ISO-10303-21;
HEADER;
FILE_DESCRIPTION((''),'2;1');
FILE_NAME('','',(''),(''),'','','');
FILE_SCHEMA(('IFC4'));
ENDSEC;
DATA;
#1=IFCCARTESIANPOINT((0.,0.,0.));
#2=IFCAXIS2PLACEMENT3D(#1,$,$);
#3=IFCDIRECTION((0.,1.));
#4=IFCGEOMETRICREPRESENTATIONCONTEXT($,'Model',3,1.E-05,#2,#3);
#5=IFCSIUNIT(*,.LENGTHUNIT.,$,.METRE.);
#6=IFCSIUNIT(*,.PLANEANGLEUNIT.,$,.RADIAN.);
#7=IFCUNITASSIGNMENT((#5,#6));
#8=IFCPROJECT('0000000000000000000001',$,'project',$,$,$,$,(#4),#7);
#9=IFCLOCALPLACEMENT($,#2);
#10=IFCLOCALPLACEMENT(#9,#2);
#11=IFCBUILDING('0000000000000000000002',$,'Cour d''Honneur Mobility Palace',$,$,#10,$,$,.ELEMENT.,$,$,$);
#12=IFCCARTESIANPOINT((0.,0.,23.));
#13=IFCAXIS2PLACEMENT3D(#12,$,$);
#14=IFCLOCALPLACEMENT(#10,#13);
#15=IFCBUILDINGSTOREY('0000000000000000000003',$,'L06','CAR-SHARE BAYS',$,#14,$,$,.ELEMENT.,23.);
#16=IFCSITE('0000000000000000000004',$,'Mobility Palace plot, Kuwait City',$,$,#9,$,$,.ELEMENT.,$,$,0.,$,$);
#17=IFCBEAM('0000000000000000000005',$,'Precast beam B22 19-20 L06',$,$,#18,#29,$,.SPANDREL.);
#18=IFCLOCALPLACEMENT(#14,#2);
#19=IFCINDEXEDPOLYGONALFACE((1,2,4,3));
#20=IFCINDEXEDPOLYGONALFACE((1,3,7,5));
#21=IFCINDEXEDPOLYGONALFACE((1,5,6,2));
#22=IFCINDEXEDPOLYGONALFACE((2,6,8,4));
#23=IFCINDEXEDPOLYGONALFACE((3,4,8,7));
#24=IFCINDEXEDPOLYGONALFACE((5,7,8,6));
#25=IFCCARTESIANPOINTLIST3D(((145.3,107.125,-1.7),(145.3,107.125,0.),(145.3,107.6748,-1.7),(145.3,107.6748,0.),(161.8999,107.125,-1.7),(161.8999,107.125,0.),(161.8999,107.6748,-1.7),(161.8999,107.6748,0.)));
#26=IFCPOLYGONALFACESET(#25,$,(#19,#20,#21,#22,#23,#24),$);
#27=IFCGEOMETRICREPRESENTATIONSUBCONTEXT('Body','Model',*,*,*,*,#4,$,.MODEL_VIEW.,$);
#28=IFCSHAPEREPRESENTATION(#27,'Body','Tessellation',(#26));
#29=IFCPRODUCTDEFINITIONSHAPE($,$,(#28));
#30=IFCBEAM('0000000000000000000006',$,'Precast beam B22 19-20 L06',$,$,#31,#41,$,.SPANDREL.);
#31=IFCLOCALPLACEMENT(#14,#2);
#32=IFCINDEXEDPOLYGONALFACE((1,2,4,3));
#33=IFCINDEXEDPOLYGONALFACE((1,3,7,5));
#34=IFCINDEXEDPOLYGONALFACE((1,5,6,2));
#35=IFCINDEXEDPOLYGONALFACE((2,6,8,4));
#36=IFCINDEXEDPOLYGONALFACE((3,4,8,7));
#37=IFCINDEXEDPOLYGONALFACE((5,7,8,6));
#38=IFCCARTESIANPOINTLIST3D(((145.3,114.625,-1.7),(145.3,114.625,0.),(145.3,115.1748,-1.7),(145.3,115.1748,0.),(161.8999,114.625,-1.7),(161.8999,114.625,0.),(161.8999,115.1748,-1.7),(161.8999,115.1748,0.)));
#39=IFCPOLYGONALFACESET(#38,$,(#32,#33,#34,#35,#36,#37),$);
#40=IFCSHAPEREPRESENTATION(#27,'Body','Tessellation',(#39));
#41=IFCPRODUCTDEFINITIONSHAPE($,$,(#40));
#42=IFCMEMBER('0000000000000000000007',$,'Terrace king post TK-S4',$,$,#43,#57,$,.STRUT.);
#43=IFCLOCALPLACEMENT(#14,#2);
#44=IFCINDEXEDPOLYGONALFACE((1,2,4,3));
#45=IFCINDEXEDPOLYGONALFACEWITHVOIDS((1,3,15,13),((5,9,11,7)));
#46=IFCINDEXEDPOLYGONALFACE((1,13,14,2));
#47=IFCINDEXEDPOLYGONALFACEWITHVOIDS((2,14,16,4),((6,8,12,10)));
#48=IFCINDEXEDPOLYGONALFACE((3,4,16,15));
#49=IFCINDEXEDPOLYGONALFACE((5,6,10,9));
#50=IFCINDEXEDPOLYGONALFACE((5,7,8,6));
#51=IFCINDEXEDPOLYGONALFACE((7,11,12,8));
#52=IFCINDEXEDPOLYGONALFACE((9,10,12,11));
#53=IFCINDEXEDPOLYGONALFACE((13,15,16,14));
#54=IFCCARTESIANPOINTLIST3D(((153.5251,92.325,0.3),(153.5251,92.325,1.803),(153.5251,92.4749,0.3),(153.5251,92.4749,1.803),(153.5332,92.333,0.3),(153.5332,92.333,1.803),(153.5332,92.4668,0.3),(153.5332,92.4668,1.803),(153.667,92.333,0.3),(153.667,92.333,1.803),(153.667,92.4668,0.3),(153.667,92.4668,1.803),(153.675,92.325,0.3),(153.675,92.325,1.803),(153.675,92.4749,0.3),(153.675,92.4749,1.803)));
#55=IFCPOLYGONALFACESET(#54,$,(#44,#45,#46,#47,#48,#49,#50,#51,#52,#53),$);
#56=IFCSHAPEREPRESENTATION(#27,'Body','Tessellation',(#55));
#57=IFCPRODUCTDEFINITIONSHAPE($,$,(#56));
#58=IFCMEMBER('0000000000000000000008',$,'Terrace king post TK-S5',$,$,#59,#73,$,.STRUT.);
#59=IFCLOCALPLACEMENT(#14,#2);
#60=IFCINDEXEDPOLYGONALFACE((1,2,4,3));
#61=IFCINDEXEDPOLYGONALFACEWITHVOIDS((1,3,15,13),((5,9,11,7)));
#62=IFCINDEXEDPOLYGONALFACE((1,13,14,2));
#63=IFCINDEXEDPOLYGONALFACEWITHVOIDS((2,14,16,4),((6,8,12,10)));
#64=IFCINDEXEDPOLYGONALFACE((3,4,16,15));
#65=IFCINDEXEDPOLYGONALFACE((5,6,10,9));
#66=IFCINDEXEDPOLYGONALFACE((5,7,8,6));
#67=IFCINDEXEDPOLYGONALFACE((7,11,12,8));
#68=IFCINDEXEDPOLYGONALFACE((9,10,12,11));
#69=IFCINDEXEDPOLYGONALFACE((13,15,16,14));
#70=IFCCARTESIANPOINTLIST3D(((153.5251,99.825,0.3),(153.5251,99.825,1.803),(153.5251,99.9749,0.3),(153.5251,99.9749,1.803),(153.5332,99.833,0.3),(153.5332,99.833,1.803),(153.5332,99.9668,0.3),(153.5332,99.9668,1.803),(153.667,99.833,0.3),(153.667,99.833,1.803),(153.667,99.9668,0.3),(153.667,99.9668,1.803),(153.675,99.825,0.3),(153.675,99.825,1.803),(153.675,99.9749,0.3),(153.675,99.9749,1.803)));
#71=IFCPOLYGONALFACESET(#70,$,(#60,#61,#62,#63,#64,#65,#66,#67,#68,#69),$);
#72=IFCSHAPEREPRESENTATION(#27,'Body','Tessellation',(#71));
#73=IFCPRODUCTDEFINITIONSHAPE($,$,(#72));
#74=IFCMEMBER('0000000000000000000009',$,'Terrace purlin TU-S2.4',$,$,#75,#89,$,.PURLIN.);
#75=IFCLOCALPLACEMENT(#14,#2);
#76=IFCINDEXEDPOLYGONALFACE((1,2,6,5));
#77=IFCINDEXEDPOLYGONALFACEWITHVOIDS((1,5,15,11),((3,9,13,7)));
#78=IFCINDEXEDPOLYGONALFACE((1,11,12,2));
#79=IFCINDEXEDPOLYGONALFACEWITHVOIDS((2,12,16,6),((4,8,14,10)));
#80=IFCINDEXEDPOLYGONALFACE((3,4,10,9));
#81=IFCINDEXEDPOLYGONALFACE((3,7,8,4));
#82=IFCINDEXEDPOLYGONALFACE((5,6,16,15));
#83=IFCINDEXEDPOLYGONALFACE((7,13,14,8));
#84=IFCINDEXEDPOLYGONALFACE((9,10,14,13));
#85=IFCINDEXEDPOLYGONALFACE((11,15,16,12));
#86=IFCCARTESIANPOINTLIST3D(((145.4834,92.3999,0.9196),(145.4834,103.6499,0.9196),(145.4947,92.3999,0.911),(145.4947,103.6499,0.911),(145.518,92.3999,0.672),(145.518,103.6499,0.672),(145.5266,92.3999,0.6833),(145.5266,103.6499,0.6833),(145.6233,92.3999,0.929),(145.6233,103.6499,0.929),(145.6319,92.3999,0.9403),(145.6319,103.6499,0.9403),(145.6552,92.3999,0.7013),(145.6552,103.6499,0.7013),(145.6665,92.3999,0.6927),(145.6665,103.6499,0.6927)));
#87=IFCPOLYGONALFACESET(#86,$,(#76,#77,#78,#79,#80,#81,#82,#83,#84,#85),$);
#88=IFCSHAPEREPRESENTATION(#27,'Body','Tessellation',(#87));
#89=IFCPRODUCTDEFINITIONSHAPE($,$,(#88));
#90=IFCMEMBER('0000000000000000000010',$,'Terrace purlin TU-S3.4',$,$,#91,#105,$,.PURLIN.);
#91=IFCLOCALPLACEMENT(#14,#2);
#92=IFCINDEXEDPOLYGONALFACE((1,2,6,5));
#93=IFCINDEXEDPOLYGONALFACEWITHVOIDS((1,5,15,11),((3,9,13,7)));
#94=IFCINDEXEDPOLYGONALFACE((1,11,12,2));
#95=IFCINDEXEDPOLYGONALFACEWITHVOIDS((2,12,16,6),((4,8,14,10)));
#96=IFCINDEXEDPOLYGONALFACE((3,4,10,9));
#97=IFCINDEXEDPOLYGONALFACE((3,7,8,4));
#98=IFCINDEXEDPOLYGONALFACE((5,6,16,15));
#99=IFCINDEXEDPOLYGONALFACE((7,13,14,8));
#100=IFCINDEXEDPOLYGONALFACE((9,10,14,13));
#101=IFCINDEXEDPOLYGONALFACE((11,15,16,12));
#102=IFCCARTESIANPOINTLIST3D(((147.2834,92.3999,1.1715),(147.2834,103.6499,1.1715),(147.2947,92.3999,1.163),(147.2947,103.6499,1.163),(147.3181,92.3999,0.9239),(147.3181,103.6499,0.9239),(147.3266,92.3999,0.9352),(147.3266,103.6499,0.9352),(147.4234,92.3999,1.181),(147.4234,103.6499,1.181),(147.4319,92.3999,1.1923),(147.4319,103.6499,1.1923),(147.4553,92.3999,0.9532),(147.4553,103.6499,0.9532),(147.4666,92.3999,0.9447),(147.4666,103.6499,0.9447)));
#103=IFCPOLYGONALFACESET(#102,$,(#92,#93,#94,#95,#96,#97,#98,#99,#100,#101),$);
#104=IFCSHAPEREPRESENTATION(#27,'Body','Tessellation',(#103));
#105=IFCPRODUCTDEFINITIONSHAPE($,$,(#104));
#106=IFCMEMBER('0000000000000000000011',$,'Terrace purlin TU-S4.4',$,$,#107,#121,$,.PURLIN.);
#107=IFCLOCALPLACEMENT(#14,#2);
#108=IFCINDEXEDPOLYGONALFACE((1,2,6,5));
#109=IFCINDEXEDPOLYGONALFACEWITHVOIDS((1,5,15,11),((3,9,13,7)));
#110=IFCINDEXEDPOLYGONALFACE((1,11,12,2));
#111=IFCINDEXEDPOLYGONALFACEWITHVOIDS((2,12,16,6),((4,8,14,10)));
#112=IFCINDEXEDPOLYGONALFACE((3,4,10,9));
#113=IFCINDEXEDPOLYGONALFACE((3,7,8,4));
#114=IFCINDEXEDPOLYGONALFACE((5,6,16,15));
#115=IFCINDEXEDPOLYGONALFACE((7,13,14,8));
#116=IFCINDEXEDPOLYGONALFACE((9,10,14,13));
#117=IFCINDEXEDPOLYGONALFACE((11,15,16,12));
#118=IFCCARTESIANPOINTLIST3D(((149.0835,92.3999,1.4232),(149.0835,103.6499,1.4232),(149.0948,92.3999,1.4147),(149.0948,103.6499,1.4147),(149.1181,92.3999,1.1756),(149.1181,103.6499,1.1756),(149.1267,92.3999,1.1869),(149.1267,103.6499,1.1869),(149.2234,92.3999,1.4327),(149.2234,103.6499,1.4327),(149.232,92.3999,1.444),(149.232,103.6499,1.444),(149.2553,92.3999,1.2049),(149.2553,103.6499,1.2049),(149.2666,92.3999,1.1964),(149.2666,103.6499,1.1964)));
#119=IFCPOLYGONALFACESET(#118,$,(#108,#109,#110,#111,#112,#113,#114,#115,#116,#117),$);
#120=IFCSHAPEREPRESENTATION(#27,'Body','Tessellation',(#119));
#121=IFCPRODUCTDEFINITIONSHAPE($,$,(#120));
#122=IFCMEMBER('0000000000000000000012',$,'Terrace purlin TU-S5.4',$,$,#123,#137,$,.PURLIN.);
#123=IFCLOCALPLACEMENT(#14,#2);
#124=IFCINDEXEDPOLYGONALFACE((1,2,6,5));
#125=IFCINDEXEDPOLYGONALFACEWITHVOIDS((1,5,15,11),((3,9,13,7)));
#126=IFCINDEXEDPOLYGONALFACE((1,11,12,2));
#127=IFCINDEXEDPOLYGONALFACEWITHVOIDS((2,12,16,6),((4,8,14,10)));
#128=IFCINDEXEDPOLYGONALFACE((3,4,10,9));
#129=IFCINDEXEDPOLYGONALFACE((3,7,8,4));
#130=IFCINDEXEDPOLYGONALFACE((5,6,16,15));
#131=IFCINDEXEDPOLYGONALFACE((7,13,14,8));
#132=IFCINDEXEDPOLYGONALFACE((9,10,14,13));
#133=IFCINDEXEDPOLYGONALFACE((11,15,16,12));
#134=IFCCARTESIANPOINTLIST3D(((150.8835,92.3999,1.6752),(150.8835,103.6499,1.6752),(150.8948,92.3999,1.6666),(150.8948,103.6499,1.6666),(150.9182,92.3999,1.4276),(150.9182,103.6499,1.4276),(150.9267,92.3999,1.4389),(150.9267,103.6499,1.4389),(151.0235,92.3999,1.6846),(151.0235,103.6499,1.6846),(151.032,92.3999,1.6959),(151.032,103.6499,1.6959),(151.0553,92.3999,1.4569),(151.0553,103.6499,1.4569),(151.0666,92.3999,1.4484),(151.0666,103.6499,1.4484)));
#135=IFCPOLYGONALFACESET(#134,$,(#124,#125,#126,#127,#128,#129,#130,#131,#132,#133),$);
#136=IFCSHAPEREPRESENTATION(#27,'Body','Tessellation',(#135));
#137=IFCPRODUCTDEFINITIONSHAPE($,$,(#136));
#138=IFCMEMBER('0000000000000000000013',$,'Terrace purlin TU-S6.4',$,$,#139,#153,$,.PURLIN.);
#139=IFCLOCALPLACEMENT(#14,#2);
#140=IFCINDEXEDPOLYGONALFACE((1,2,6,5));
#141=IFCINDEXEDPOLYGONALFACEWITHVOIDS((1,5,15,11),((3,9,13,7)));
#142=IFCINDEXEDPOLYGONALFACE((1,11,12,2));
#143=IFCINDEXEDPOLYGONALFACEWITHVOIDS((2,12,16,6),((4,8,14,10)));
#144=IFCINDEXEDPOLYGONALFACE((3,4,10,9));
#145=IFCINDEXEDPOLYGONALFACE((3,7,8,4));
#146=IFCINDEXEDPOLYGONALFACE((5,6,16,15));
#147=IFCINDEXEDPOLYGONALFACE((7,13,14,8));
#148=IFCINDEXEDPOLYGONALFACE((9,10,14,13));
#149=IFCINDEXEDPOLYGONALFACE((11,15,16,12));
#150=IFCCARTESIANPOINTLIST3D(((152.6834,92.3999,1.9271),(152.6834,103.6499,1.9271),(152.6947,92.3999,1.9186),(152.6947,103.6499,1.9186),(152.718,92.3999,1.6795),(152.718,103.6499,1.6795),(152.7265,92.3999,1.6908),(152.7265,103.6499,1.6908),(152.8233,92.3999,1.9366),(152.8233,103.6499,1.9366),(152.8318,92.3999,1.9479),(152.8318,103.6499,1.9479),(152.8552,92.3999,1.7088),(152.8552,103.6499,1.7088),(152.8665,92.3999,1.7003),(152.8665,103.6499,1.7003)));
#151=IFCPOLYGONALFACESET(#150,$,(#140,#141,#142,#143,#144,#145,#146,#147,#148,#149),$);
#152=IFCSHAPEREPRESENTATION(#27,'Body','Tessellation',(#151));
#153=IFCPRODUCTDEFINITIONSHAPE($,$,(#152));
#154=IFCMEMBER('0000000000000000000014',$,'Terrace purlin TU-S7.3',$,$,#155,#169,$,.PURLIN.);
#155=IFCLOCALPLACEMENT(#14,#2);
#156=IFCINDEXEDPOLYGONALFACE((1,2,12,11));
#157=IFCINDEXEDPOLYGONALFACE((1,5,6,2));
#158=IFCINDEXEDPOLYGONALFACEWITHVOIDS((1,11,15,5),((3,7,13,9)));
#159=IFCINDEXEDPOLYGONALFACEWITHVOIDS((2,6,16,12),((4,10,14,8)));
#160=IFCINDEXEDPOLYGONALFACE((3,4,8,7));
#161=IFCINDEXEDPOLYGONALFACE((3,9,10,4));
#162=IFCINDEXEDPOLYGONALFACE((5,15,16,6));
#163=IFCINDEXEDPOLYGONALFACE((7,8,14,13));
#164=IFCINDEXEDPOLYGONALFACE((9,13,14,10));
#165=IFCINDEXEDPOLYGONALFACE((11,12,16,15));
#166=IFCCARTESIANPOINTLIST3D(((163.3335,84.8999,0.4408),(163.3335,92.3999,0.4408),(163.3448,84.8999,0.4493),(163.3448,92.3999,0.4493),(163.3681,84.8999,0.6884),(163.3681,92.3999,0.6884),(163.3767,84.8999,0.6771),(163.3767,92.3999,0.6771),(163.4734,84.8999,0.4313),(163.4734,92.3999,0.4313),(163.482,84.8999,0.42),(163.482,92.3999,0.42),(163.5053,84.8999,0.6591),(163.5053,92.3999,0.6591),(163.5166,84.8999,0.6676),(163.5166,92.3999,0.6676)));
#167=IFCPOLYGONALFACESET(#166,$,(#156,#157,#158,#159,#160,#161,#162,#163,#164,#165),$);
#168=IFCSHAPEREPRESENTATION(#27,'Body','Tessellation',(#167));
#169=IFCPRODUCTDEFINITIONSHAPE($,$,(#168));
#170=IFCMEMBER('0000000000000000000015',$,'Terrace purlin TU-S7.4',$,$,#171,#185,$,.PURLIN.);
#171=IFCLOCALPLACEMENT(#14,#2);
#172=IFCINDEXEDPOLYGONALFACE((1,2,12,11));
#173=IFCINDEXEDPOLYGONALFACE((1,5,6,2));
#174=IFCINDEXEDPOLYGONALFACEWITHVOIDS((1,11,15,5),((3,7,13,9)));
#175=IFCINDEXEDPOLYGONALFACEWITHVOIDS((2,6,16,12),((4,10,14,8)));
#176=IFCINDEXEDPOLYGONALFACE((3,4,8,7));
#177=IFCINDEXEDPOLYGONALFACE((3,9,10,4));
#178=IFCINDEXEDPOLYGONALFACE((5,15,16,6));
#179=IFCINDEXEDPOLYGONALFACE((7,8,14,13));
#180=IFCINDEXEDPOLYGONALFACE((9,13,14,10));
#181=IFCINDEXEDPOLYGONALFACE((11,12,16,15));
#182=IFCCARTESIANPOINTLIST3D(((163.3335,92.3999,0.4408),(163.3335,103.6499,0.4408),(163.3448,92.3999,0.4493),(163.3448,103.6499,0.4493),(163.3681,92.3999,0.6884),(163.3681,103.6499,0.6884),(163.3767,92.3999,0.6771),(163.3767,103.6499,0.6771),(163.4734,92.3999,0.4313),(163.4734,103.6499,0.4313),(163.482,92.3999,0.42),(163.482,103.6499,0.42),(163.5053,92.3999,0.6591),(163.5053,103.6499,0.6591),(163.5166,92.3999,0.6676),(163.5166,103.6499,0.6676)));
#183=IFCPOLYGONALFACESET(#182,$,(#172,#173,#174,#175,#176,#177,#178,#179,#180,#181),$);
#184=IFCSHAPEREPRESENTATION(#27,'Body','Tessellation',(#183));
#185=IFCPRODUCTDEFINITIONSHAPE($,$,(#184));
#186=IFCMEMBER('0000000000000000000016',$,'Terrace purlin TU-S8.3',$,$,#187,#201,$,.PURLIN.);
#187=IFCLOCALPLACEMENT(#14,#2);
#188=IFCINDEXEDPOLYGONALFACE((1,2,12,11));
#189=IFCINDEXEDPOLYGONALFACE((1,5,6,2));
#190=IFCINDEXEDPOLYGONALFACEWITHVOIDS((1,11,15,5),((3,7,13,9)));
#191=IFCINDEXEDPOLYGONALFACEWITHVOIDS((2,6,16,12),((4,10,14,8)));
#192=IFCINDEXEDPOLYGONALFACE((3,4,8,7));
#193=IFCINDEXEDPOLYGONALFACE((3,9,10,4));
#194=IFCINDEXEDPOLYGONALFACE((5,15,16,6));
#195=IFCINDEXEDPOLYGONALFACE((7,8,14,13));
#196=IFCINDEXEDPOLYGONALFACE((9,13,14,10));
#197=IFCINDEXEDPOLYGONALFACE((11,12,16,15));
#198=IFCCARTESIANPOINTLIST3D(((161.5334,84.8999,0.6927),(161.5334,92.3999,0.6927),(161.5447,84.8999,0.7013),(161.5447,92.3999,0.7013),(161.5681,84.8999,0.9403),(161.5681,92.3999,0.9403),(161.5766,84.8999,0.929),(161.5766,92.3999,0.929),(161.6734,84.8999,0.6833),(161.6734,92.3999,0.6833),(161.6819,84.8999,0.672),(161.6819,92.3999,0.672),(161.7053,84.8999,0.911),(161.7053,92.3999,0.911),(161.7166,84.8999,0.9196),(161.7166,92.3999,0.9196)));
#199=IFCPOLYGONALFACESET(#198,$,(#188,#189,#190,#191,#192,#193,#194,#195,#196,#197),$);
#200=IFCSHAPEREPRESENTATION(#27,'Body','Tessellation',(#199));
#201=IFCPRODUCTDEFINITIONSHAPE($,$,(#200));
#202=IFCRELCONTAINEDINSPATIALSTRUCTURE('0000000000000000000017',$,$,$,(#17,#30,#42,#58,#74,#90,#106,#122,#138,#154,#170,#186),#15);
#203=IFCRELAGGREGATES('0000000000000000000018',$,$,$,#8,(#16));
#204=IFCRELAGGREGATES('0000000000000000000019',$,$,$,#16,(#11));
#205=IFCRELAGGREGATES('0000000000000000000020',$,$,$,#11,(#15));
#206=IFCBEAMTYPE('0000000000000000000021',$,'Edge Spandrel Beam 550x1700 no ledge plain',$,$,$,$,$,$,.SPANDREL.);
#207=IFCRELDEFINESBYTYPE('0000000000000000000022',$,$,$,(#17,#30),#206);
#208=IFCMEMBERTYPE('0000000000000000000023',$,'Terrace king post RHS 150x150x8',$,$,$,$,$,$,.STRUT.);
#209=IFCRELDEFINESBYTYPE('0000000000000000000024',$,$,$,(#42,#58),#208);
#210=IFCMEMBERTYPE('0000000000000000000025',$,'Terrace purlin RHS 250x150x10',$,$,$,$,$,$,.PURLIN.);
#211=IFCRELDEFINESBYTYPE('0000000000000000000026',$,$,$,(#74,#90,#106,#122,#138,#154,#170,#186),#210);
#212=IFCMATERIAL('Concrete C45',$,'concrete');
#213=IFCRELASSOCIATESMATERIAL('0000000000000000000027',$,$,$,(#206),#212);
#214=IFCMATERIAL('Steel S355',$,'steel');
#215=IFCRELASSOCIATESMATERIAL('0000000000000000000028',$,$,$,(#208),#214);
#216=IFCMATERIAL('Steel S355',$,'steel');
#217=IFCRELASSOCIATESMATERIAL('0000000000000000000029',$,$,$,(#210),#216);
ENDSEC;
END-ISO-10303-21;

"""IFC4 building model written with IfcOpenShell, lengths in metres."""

from ifc_helpers import new_model, si_unit, direction, frame, origin, origin_2d, place, context, subcontext, project, spatial, polyline, hollow_rectangle, outline, extrude, material, material_profile, profile_set, type_object, element, save


model = new_model("IFC4")

# Units and contexts
model_context = context("Model", 3, precision=1e-05, world=origin(), true_north=direction((0.0, 1.0)))
body_context = subcontext(model_context, "Body", "Model", "MODEL_VIEW")
ifc_project = project(units=[si_unit("LENGTHUNIT", "METRE"), si_unit("PLANEANGLEUNIT", "RADIAN")], contexts=[model_context])

# Site, building, storey
site_placement = place(None, origin())
site = spatial("IfcSite", under=ifc_project, at=site_placement, Name="Mobility Palace plot, Kuwait City", CompositionType="ELEMENT", RefElevation=0.0)
building_placement = place(site_placement, origin())
building = spatial("IfcBuilding", under=site, at=building_placement, Name="Cour d'Honneur Mobility Palace", CompositionType="ELEMENT")
storey_placement = place(building_placement, frame((0.0, 0.0, 23.0)))
storey = spatial("IfcBuildingStorey", under=building, at=storey_placement, Name="L06", Description="CAR-SHARE BAYS", CompositionType="ELEMENT", Elevation=23.0)

# Beams
ifc_material_1 = material(Name="Concrete C45", Category="concrete")
ifc_material_profile_1 = material_profile(ifc_material_1, outline(polyline([(0.2749, -1.7), (0.2749, 0.0), (-0.2749, 0.0), (-0.2749, -1.7), (0.2749, -1.7)])), Name="Edge Spandrel Beam 550x1700 no ledge plain")
ifc_profile_set_1 = profile_set([ifc_material_profile_1], Name="Concrete C45")
beam_type = type_object("IfcBeamType", Name="Edge Spandrel Beam 550x1700 no ledge plain", PredefinedType="SPANDREL", material=ifc_profile_set_1)
for number, where, z_axis, x_axis, name in (
    (1, (145.3, 107.3999, 0.0), (1.0, 0.0, 0.0), (0.0, 1.0, 0.0), "Precast beam B22 19-20 L06"),
    (2, (145.3, 114.8999, 0.0), (1.0, 0.0, 0.0), (0.0, 1.0, 0.0), "Precast beam B22 19-20 L06"),
):
    element("IfcBeam", number, at=place(storey_placement, frame(where, z_axis=z_axis, x_axis=x_axis)), inside=storey, type_object=beam_type, Name=name, PredefinedType="SPANDREL", context=body_context, shape_type="SweptSolid", body=[
        extrude(outline(polyline([(0.2749, -1.7), (0.2749, 0.0), (-0.2749, 0.0), (-0.2749, -1.7), (0.2749, -1.7)])), origin(), (0.0, 0.0, 1.0), 16.5999),
    ])

# Members
ifc_material_2 = material(Name="Steel S355", Category="steel")
ifc_material_profile_2 = material_profile(ifc_material_2, hollow_rectangle(XDim=0.1499, YDim=0.1499, WallThickness=0.0081, at=origin_2d()), Name="RHS 150x150x8")
ifc_profile_set_2 = profile_set([ifc_material_profile_2], Name="Steel S355")
member_type_1 = type_object("IfcMemberType", Name="Terrace king post RHS 150x150x8", PredefinedType="STRUT", material=ifc_profile_set_2)
for number, where, z_axis, x_axis, name in (
    (3, (153.6001, 92.3999, 0.3), (0.0, 0.0, 1.0), (1.0, 0.0, 0.0), "Terrace king post TK-S4"),
    (4, (153.6001, 99.8999, 0.3), (0.0, 0.0, 1.0), (1.0, 0.0, 0.0), "Terrace king post TK-S5"),
):
    element("IfcMember", number, at=place(storey_placement, frame(where, z_axis=z_axis, x_axis=x_axis)), inside=storey, type_object=member_type_1, Name=name, PredefinedType="STRUT", context=body_context, shape_type="SweptSolid", body=[
        extrude(hollow_rectangle(XDim=0.1499, YDim=0.1499, WallThickness=0.0081, at=origin_2d()), origin(), (0.0, 0.0, 1.0), 1.5029),
    ])
ifc_material_3 = material(Name="Steel S355", Category="steel")
ifc_material_profile_3 = material_profile(ifc_material_3, hollow_rectangle(XDim=0.1499, YDim=0.25, WallThickness=0.01, at=origin_2d()), Name="RHS 250x150x10")
ifc_profile_set_3 = profile_set([ifc_material_profile_3], Name="Steel S355")
member_type_2 = type_object("IfcMemberType", Name="Terrace purlin RHS 250x150x10", PredefinedType="PURLIN", material=ifc_profile_set_3)
for number, where, z_axis, x_axis, name in (
    (5, (145.575, 92.3999, 0.8062), (0.0, 1.0, 0.0), (-0.99035, 0.0, -0.138591), "Terrace purlin TU-S2.4"),
    (6, (147.375, 92.3999, 1.0581), (0.0, 1.0, 0.0), (-0.99035, 0.0, -0.138591), "Terrace purlin TU-S3.4"),
    (7, (149.175, 92.3999, 1.3098), (0.0, 1.0, 0.0), (-0.99035, 0.0, -0.138591), "Terrace purlin TU-S4.4"),
    (8, (150.9751, 92.3999, 1.5618), (0.0, 1.0, 0.0), (-0.99035, 0.0, -0.138591), "Terrace purlin TU-S5.4"),
    (9, (152.7749, 92.3999, 1.8137), (0.0, 1.0, 0.0), (-0.99035, 0.0, -0.138591), "Terrace purlin TU-S6.4"),
):
    element("IfcMember", number, at=place(storey_placement, frame(where, z_axis=z_axis, x_axis=x_axis)), inside=storey, type_object=member_type_2, Name=name, PredefinedType="PURLIN", context=body_context, shape_type="SweptSolid", body=[
        extrude(hollow_rectangle(XDim=0.1499, YDim=0.25, WallThickness=0.01, at=origin_2d()), origin(), (0.0, 0.0, 1.0), 11.25),
    ])
member_1_placement = place(storey_placement, frame((163.425, 84.8999, 0.5542), z_axis=(0.0, 1.0, 0.0), x_axis=(-0.99035, 0.0, 0.138591)))
element("IfcMember", 10, at=member_1_placement, inside=storey, type_object=member_type_2, Name="Terrace purlin TU-S7.3", PredefinedType="PURLIN", context=body_context, shape_type="SweptSolid", body=[
    extrude(hollow_rectangle(XDim=0.1499, YDim=0.25, WallThickness=0.01, at=origin_2d()), origin(), (0.0, 0.0, 1.0), 7.5),
])
member_2_placement = place(storey_placement, frame((163.425, 92.3999, 0.5542), z_axis=(0.0, 1.0, 0.0), x_axis=(-0.99035, 0.0, 0.138591)))
element("IfcMember", 11, at=member_2_placement, inside=storey, type_object=member_type_2, Name="Terrace purlin TU-S7.4", PredefinedType="PURLIN", context=body_context, shape_type="SweptSolid", body=[
    extrude(hollow_rectangle(XDim=0.1499, YDim=0.25, WallThickness=0.01, at=origin_2d()), origin(), (0.0, 0.0, 1.0), 11.25),
])
member_3_placement = place(storey_placement, frame((161.625, 84.8999, 0.8062), z_axis=(0.0, 1.0, 0.0), x_axis=(-0.99035, 0.0, 0.138591)))
element("IfcMember", 12, at=member_3_placement, inside=storey, type_object=member_type_2, Name="Terrace purlin TU-S8.3", PredefinedType="PURLIN", context=body_context, shape_type="SweptSolid", body=[
    extrude(hollow_rectangle(XDim=0.1499, YDim=0.25, WallThickness=0.01, at=origin_2d()), origin(), (0.0, 0.0, 1.0), 7.5),
])

save(model, "model.ifc")
